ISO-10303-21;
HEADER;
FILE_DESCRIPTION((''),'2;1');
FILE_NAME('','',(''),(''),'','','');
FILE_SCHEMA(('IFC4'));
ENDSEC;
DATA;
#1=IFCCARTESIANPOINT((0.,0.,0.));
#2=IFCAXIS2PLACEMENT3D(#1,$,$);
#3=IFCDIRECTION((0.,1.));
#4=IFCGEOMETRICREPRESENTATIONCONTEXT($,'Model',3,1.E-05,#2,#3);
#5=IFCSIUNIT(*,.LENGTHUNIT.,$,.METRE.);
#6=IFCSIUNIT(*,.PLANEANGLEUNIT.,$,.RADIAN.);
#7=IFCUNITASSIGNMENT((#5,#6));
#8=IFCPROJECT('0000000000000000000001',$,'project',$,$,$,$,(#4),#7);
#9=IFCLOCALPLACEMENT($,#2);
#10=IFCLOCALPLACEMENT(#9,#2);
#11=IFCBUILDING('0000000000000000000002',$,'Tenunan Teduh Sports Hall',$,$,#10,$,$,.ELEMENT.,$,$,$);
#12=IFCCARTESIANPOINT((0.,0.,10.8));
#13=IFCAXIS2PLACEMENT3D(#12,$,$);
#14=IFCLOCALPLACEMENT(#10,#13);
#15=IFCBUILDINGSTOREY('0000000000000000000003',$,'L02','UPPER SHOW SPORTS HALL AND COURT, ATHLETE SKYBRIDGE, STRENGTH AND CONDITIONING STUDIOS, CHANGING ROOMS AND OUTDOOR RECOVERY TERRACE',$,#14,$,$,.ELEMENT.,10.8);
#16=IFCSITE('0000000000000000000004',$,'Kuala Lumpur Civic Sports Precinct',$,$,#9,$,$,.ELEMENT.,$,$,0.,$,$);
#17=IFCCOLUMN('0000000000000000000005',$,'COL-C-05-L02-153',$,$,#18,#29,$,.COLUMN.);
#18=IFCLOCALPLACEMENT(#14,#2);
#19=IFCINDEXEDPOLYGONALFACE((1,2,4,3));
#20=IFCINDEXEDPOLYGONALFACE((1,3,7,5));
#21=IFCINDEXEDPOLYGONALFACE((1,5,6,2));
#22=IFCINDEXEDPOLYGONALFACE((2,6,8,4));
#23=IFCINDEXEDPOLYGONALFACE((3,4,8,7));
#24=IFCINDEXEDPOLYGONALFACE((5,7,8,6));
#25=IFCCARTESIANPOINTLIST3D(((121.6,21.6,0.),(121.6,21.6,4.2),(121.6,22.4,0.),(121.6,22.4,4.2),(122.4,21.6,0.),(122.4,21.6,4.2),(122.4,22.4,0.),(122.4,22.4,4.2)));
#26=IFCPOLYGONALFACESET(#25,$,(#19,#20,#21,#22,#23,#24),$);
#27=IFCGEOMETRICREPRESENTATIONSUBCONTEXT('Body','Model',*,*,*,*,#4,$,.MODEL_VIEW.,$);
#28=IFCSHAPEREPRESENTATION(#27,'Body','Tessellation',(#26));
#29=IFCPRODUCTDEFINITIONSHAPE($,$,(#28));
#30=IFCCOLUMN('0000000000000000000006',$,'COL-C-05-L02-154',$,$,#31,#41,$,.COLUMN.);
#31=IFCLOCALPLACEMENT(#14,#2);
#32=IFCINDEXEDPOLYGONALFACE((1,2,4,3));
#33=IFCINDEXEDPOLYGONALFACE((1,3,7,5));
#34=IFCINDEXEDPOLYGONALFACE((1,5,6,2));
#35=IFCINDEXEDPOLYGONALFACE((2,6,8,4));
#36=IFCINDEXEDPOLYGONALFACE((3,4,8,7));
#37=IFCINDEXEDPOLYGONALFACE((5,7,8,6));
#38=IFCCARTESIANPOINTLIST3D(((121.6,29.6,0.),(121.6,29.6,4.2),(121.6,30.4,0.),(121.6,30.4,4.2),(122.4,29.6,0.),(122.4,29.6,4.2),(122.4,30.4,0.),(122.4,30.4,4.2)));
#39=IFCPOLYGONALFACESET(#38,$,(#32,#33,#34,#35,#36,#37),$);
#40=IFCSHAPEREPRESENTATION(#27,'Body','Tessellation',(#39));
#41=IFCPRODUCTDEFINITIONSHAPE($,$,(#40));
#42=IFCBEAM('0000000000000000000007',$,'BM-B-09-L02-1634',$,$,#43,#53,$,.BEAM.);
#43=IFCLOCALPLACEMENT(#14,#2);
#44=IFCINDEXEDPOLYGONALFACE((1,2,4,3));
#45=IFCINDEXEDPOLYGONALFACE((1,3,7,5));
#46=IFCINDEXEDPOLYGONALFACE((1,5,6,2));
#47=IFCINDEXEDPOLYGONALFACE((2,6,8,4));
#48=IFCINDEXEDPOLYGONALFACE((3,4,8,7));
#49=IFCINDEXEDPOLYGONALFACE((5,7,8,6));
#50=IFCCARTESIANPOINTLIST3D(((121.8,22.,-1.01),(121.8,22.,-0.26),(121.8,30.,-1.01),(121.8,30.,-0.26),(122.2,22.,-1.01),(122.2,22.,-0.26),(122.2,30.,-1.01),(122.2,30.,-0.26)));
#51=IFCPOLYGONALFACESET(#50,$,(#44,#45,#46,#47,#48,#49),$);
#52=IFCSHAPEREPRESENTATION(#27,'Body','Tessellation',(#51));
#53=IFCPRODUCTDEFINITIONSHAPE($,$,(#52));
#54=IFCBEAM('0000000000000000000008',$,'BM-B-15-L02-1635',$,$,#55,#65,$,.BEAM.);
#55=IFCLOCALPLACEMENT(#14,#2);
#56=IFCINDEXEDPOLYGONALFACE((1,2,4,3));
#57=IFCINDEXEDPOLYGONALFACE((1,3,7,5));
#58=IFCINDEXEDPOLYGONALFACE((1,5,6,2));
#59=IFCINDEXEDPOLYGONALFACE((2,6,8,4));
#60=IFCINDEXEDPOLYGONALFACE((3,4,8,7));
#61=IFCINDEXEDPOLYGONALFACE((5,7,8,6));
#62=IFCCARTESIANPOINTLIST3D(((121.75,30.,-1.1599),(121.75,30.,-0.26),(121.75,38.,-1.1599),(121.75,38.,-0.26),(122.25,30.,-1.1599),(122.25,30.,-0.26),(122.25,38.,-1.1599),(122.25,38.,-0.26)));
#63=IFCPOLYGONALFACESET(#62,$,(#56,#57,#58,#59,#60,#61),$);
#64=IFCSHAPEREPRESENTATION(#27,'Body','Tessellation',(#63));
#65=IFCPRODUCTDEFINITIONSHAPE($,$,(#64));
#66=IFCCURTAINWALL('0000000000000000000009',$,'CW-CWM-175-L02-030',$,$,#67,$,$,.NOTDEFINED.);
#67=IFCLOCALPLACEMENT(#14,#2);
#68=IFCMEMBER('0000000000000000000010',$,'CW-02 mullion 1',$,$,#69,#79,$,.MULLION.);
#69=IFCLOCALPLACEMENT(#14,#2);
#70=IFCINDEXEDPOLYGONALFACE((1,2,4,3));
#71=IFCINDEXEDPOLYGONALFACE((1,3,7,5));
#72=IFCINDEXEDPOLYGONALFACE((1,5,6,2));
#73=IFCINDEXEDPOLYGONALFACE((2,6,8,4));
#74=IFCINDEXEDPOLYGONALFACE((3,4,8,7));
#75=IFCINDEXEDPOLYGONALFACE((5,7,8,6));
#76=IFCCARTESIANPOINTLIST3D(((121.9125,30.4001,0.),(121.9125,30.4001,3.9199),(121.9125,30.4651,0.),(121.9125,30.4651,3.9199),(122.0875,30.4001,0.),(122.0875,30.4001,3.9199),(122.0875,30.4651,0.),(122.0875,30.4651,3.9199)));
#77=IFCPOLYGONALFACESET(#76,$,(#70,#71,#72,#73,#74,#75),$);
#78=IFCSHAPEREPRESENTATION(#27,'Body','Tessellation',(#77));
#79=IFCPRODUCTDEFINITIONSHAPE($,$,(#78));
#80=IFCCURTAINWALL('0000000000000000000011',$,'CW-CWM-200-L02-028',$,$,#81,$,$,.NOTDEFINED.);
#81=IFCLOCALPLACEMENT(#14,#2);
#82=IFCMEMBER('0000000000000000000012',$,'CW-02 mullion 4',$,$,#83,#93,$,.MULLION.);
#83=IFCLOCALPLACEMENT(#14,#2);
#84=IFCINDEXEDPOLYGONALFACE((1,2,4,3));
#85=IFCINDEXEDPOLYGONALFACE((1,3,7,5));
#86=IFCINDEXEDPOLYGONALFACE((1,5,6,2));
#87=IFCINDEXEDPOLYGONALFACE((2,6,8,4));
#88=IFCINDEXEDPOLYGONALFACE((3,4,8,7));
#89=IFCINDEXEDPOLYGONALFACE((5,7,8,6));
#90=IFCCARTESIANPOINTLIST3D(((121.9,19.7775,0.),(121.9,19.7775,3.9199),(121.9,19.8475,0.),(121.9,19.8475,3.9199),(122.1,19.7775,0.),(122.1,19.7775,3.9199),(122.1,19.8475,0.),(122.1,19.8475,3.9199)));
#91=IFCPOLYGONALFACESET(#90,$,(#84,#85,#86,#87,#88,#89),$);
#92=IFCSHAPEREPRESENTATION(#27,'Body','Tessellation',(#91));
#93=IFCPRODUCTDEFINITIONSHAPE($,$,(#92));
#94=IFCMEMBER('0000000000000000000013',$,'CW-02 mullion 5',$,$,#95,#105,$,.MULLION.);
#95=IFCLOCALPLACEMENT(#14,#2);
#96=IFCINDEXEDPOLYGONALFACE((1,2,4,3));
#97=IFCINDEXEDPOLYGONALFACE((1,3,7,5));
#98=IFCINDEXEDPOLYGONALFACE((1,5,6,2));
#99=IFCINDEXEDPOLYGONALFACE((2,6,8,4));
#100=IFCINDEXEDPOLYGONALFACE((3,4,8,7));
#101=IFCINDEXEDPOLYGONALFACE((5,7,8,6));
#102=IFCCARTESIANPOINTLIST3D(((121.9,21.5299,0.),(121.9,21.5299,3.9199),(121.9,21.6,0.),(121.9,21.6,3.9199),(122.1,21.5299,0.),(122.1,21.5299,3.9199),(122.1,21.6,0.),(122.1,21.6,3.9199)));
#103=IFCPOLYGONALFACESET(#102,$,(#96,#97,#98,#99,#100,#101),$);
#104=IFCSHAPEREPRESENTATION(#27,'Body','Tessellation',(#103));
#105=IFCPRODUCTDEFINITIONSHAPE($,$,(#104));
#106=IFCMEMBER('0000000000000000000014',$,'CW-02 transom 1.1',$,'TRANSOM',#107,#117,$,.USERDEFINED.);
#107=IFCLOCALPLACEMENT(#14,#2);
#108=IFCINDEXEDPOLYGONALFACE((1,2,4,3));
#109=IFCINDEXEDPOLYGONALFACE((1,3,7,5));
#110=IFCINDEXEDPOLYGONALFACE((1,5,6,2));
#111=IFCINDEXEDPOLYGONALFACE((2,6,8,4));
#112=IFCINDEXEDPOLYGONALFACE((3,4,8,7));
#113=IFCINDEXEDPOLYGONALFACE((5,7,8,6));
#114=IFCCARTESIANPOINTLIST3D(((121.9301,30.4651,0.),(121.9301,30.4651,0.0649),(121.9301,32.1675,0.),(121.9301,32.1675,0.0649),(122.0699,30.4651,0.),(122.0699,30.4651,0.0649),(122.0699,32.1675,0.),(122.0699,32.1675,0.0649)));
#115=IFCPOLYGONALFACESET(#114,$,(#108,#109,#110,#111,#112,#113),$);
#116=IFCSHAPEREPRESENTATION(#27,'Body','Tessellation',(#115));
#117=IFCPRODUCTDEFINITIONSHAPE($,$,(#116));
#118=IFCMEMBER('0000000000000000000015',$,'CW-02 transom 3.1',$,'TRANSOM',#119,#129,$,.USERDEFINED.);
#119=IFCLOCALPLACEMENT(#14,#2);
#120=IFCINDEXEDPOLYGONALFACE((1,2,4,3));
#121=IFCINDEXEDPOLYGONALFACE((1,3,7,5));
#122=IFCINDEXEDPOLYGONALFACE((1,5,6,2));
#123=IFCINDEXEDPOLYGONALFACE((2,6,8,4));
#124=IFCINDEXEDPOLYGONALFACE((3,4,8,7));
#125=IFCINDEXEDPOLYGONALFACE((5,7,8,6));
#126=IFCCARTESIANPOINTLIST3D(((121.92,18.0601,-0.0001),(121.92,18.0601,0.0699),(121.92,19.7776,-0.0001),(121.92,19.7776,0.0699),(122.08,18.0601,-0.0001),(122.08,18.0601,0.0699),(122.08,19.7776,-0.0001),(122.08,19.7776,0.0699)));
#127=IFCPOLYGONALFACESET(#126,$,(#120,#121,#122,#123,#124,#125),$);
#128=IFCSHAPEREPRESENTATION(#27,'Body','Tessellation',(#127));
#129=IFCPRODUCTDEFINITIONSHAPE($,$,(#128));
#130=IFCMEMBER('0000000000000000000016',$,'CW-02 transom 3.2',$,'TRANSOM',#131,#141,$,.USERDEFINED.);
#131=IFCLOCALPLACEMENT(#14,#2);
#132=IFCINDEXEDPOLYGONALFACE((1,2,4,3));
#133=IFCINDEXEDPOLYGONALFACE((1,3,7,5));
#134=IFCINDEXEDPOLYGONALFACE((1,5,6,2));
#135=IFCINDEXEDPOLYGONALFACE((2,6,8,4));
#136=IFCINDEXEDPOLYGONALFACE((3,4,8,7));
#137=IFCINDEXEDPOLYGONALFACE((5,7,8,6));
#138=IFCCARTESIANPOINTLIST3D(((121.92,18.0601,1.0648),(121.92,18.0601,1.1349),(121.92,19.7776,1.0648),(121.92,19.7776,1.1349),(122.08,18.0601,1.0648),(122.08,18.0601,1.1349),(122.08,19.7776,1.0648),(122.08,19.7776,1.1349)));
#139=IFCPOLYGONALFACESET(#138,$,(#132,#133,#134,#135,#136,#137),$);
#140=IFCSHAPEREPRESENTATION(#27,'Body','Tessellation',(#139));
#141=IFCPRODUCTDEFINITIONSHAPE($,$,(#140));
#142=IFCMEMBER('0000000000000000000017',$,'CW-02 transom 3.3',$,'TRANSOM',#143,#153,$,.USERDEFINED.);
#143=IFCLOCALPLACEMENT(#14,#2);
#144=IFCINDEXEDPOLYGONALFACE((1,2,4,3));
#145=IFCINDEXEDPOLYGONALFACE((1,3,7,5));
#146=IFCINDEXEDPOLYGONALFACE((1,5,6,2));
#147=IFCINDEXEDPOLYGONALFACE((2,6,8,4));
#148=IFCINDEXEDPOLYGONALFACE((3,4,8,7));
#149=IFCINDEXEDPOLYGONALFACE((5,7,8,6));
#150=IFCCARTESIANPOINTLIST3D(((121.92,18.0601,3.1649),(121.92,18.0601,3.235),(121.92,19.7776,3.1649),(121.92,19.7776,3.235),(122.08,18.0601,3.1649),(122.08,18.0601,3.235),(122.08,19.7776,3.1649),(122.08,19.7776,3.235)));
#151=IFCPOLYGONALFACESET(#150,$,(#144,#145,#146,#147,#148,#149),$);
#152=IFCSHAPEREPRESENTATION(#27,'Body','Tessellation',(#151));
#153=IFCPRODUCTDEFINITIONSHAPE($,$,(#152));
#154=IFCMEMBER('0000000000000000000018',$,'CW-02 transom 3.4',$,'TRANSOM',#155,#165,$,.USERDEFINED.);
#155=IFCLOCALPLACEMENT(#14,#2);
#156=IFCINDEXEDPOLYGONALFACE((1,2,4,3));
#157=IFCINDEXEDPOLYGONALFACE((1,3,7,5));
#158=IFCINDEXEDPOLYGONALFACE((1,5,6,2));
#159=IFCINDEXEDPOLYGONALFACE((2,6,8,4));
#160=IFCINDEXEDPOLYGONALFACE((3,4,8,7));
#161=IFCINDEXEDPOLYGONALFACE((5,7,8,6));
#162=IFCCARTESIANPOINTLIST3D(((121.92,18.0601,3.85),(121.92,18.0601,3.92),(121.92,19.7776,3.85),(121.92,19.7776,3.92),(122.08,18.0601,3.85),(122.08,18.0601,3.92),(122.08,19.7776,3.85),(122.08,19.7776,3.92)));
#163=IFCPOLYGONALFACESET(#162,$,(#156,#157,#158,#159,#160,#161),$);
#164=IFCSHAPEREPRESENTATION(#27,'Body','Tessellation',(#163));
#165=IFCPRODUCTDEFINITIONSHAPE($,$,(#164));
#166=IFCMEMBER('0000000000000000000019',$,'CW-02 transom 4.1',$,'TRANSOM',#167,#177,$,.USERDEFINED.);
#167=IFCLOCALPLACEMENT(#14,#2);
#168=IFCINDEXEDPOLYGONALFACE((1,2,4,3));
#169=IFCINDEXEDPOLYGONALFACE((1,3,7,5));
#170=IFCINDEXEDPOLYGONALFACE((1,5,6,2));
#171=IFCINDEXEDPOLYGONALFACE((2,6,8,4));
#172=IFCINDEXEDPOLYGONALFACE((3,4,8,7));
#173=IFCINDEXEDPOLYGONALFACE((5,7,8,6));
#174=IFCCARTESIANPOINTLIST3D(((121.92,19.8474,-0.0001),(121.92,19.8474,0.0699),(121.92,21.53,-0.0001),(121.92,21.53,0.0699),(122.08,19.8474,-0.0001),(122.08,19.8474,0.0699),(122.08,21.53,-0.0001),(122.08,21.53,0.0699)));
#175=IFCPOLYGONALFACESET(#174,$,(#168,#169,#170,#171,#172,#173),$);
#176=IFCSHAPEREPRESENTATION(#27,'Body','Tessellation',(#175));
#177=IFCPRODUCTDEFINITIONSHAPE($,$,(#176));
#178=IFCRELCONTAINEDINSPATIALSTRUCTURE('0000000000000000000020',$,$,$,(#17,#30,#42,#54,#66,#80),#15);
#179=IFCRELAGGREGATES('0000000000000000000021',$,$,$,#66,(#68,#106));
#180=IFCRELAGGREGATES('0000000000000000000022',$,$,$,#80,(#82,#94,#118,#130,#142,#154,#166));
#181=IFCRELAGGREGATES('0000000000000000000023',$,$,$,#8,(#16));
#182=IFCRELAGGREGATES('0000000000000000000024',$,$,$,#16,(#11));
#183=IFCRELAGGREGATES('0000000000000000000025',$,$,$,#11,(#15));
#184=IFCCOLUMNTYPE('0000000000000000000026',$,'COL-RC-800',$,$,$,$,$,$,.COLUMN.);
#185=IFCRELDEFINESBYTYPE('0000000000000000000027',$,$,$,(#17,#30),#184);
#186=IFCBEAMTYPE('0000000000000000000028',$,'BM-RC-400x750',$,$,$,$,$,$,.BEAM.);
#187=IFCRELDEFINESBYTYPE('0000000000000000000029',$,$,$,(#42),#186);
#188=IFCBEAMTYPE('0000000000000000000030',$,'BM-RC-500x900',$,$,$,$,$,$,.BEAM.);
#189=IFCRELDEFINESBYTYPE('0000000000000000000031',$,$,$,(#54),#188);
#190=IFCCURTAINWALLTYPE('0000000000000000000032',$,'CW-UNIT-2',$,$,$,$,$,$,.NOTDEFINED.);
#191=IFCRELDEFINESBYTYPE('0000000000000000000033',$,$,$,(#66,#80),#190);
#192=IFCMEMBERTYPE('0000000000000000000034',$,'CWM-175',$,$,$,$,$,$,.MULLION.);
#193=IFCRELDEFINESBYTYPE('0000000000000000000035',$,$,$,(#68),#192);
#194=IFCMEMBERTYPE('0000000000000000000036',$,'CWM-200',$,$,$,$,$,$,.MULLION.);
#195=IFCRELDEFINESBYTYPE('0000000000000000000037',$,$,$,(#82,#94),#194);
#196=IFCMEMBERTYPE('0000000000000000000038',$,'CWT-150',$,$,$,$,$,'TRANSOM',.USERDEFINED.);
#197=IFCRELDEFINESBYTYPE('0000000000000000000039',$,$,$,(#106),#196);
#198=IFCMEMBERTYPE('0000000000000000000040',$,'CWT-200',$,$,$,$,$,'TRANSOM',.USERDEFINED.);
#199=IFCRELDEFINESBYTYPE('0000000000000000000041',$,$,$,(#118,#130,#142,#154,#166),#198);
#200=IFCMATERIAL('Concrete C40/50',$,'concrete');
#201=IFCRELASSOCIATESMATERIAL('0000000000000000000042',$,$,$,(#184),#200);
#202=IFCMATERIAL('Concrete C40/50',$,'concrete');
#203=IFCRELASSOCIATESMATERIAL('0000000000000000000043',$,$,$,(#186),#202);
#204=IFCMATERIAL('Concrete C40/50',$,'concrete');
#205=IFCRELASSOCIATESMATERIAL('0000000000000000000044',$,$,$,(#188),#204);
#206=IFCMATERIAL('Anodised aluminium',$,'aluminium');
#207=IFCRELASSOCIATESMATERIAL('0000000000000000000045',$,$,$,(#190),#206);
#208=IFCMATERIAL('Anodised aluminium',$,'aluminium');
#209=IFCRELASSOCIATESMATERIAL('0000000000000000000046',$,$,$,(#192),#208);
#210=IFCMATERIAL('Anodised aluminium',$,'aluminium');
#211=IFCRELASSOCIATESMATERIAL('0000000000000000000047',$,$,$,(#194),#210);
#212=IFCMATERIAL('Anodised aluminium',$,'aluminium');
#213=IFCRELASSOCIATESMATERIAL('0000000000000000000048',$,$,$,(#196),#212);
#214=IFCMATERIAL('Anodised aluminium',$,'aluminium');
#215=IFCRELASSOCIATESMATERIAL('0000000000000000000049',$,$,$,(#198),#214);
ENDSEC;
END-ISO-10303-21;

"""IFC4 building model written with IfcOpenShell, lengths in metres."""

from ifc_helpers import new_model, si_unit, direction, frame, origin, origin_2d, place, context, subcontext, project, spatial, rectangle, extrude, material, material_profile, profile_set, type_object, element, aggregate, save


model = new_model("IFC4")

# Units and contexts
model_context = context("Model", 3, precision=1e-05, world=origin(), true_north=direction((0.0, 1.0)))
body_context = subcontext(model_context, "Body", "Model", "MODEL_VIEW")
ifc_project = project(units=[si_unit("LENGTHUNIT", "METRE"), si_unit("PLANEANGLEUNIT", "RADIAN")], contexts=[model_context])

# Site, building, storey
site_placement = place(None, origin())
site = spatial("IfcSite", under=ifc_project, at=site_placement, Name="Kuala Lumpur Civic Sports Precinct", CompositionType="ELEMENT", RefElevation=0.0)
building_placement = place(site_placement, origin())
building = spatial("IfcBuilding", under=site, at=building_placement, Name="Tenunan Teduh Sports Hall", CompositionType="ELEMENT")
storey_placement = place(building_placement, frame((0.0, 0.0, 10.8)))
storey = spatial("IfcBuildingStorey", under=building, at=storey_placement, Name="L02", Description="UPPER SHOW SPORTS HALL AND COURT, ATHLETE SKYBRIDGE, STRENGTH AND CONDITIONING STUDIOS, CHANGING ROOMS AND OUTDOOR RECOVERY TERRACE", CompositionType="ELEMENT", Elevation=10.8)

# Columns
ifc_material_1 = material(Name="Concrete C40/50", Category="concrete")
ifc_material_profile_1 = material_profile(ifc_material_1, rectangle(XDim=0.8, YDim=0.8, at=origin_2d()), Name="RC 800x800")
ifc_profile_set_1 = profile_set([ifc_material_profile_1], Name="Concrete C40/50")
column_type = type_object("IfcColumnType", Name="COL-RC-800", PredefinedType="COLUMN", material=ifc_profile_set_1)
for number, where, z_axis, x_axis, name in (
    (1, (122.0, 22.0, 0.0), (0.0, 0.0, 1.0), (1.0, 0.0, 0.0), "COL-C-05-L02-153"),
    (2, (122.0, 30.0, 0.0), (0.0, 0.0, 1.0), (1.0, 0.0, 0.0), "COL-C-05-L02-154"),
):
    element("IfcColumn", number, at=place(storey_placement, frame(where, z_axis=z_axis, x_axis=x_axis)), inside=storey, type_object=column_type, Name=name, PredefinedType="COLUMN", context=body_context, shape_type="SweptSolid", body=[
        extrude(rectangle(XDim=0.8, YDim=0.8, at=origin_2d()), origin(), (0.0, 0.0, 1.0), 4.2),
    ])

# Beams
ifc_material_2 = material(Name="Concrete C40/50", Category="concrete")
ifc_material_profile_2 = material_profile(ifc_material_2, rectangle(XDim=0.3999, YDim=0.75, at=origin_2d()), Name="RCB 400x750")
ifc_profile_set_2 = profile_set([ifc_material_profile_2], Name="Concrete C40/50")
beam_type_1 = type_object("IfcBeamType", Name="BM-RC-400x750", PredefinedType="BEAM", material=ifc_profile_set_2)
beam_1_placement = place(storey_placement, frame((122.0, 22.0, -0.635), z_axis=(0.0, 1.0, 0.0), x_axis=(-1.0, 0.0, 0.0)))
element("IfcBeam", 3, at=beam_1_placement, inside=storey, type_object=beam_type_1, Name="BM-B-09-L02-1634", PredefinedType="BEAM", context=body_context, shape_type="SweptSolid", body=[
    extrude(rectangle(XDim=0.3999, YDim=0.75, at=origin_2d()), origin(), (0.0, 0.0, 1.0), 8.0),
])
ifc_material_3 = material(Name="Concrete C40/50", Category="concrete")
ifc_material_profile_3 = material_profile(ifc_material_3, rectangle(XDim=0.5, YDim=0.8999, at=origin_2d()), Name="RCB 500x900")
ifc_profile_set_3 = profile_set([ifc_material_profile_3], Name="Concrete C40/50")
beam_type_2 = type_object("IfcBeamType", Name="BM-RC-500x900", PredefinedType="BEAM", material=ifc_profile_set_3)
beam_2_placement = place(storey_placement, frame((122.0, 30.0, -0.71), z_axis=(0.0, 1.0, 0.0), x_axis=(-1.0, 0.0, 0.0)))
element("IfcBeam", 4, at=beam_2_placement, inside=storey, type_object=beam_type_2, Name="BM-B-15-L02-1635", PredefinedType="BEAM", context=body_context, shape_type="SweptSolid", body=[
    extrude(rectangle(XDim=0.5, YDim=0.8999, at=origin_2d()), origin(), (0.0, 0.0, 1.0), 8.0),
])

# Curtain wall, member
ifc_material_4 = material(Name="Anodised aluminium", Category="aluminium")
curtain_wall_type = type_object("IfcCurtainWallType", Name="CW-UNIT-2", PredefinedType="NOTDEFINED", material=ifc_material_4)
curtain_wall_1_placement = place(storey_placement, origin())
curtain_wall_1 = element("IfcCurtainWall", 5, at=curtain_wall_1_placement, inside=storey, type_object=curtain_wall_type, Name="CW-CWM-175-L02-030", PredefinedType="NOTDEFINED")
ifc_material_5 = material(Name="Anodised aluminium", Category="aluminium")
ifc_material_profile_4 = material_profile(ifc_material_5, rectangle(XDim=0.0649, YDim=0.175, at=origin_2d()), Name="CWM 65x175")
ifc_profile_set_4 = profile_set([ifc_material_profile_4], Name="Anodised aluminium")
member_type_1 = type_object("IfcMemberType", Name="CWM-175", PredefinedType="MULLION", material=ifc_profile_set_4)
member_1_placement = place(storey_placement, frame((122.0, 30.4326, 0.0), z_axis=(0.0, 0.0, 1.0), x_axis=(0.0, 1.0, 0.0)))
member_1 = element("IfcMember", 6, at=member_1_placement, type_object=member_type_1, Name="CW-02 mullion 1", PredefinedType="MULLION", context=body_context, shape_type="SweptSolid", body=[
    extrude(rectangle(XDim=0.0649, YDim=0.175, at=origin_2d()), origin(), (0.0, 0.0, 1.0), 3.9199),
])

# Curtain wall, members
curtain_wall_2_placement = place(storey_placement, origin())
curtain_wall_2 = element("IfcCurtainWall", 7, at=curtain_wall_2_placement, inside=storey, type_object=curtain_wall_type, Name="CW-CWM-200-L02-028", PredefinedType="NOTDEFINED")
ifc_material_6 = material(Name="Anodised aluminium", Category="aluminium")
ifc_material_profile_5 = material_profile(ifc_material_6, rectangle(XDim=0.0701, YDim=0.2, at=origin_2d()), Name="CWM 70x200")
ifc_profile_set_5 = profile_set([ifc_material_profile_5], Name="Anodised aluminium")
member_type_2 = type_object("IfcMemberType", Name="CWM-200", PredefinedType="MULLION", material=ifc_profile_set_5)
member_2_placement = place(storey_placement, frame((122.0, 19.8125, 0.0), z_axis=(0.0, 0.0, 1.0), x_axis=(0.0, 1.0, 0.0)))
member_2 = element("IfcMember", 8, at=member_2_placement, type_object=member_type_2, Name="CW-02 mullion 4", PredefinedType="MULLION", context=body_context, shape_type="SweptSolid", body=[
    extrude(rectangle(XDim=0.0701, YDim=0.2, at=origin_2d()), origin(), (0.0, 0.0, 1.0), 3.9199),
])
member_3_placement = place(storey_placement, frame((122.0, 21.5649, 0.0), z_axis=(0.0, 0.0, 1.0), x_axis=(0.0, 1.0, 0.0)))
member_3 = element("IfcMember", 9, at=member_3_placement, type_object=member_type_2, Name="CW-02 mullion 5", PredefinedType="MULLION", context=body_context, shape_type="SweptSolid", body=[
    extrude(rectangle(XDim=0.0701, YDim=0.2, at=origin_2d()), origin(), (0.0, 0.0, 1.0), 3.9199),
])

# Members
ifc_material_7 = material(Name="Anodised aluminium", Category="aluminium")
ifc_material_profile_6 = material_profile(ifc_material_7, rectangle(XDim=0.0649, YDim=0.1399, at=origin_2d()), Name="CWT 65x140")
ifc_profile_set_6 = profile_set([ifc_material_profile_6], Name="Anodised aluminium")
member_type_3 = type_object("IfcMemberType", Name="CWT-150", ElementType="TRANSOM", PredefinedType="USERDEFINED", material=ifc_profile_set_6)
member_4_placement = place(storey_placement, frame((122.0, 30.4651, 0.0325), z_axis=(0.0, 1.0, 0.0), x_axis=(0.0, 0.0, 1.0)))
member_4 = element("IfcMember", 10, at=member_4_placement, type_object=member_type_3, Name="CW-02 transom 1.1", ObjectType="TRANSOM", PredefinedType="USERDEFINED", context=body_context, shape_type="SweptSolid", body=[
    extrude(rectangle(XDim=0.0649, YDim=0.1399, at=origin_2d()), origin(), (0.0, 0.0, 1.0), 1.7024),
])
aggregate(curtain_wall_1, [member_1, member_4])
ifc_material_8 = material(Name="Anodised aluminium", Category="aluminium")
ifc_material_profile_7 = material_profile(ifc_material_8, rectangle(XDim=0.0701, YDim=0.1599, at=origin_2d()), Name="CWT 70x160")
ifc_profile_set_7 = profile_set([ifc_material_profile_7], Name="Anodised aluminium")
member_type_4 = type_object("IfcMemberType", Name="CWT-200", ElementType="TRANSOM", PredefinedType="USERDEFINED", material=ifc_profile_set_7)
member_5_placement = place(storey_placement, frame((122.0, 18.0601, 0.0349), z_axis=(0.0, 1.0, 0.0), x_axis=(0.0, 0.0, 1.0)))
member_5 = element("IfcMember", 11, at=member_5_placement, type_object=member_type_4, Name="CW-02 transom 3.1", ObjectType="TRANSOM", PredefinedType="USERDEFINED", context=body_context, shape_type="SweptSolid", body=[
    extrude(rectangle(XDim=0.0701, YDim=0.1599, at=origin_2d()), origin(), (0.0, 0.0, 1.0), 1.7175),
])
member_6_placement = place(storey_placement, frame((122.0, 18.0601, 1.0999), z_axis=(0.0, 1.0, 0.0), x_axis=(0.0, 0.0, 1.0)))
member_6 = element("IfcMember", 12, at=member_6_placement, type_object=member_type_4, Name="CW-02 transom 3.2", ObjectType="TRANSOM", PredefinedType="USERDEFINED", context=body_context, shape_type="SweptSolid", body=[
    extrude(rectangle(XDim=0.0701, YDim=0.1599, at=origin_2d()), origin(), (0.0, 0.0, 1.0), 1.7175),
])
member_7_placement = place(storey_placement, frame((122.0, 18.0601, 3.2), z_axis=(0.0, 1.0, 0.0), x_axis=(0.0, 0.0, 1.0)))
member_7 = element("IfcMember", 13, at=member_7_placement, type_object=member_type_4, Name="CW-02 transom 3.3", ObjectType="TRANSOM", PredefinedType="USERDEFINED", context=body_context, shape_type="SweptSolid", body=[
    extrude(rectangle(XDim=0.0701, YDim=0.1599, at=origin_2d()), origin(), (0.0, 0.0, 1.0), 1.7175),
])
member_8_placement = place(storey_placement, frame((122.0, 18.0601, 3.885), z_axis=(0.0, 1.0, 0.0), x_axis=(0.0, 0.0, 1.0)))
member_8 = element("IfcMember", 14, at=member_8_placement, type_object=member_type_4, Name="CW-02 transom 3.4", ObjectType="TRANSOM", PredefinedType="USERDEFINED", context=body_context, shape_type="SweptSolid", body=[
    extrude(rectangle(XDim=0.0701, YDim=0.1599, at=origin_2d()), origin(), (0.0, 0.0, 1.0), 1.7175),
])
member_9_placement = place(storey_placement, frame((122.0, 19.8474, 0.0349), z_axis=(0.0, 1.0, 0.0), x_axis=(0.0, 0.0, 1.0)))
member_9 = element("IfcMember", 15, at=member_9_placement, type_object=member_type_4, Name="CW-02 transom 4.1", ObjectType="TRANSOM", PredefinedType="USERDEFINED", context=body_context, shape_type="SweptSolid", body=[
    extrude(rectangle(XDim=0.0701, YDim=0.1599, at=origin_2d()), origin(), (0.0, 0.0, 1.0), 1.6826),
])

aggregate(curtain_wall_2, [member_2, member_3, member_5, member_6, member_7, member_8, member_9])

save(model, "model.ifc")
